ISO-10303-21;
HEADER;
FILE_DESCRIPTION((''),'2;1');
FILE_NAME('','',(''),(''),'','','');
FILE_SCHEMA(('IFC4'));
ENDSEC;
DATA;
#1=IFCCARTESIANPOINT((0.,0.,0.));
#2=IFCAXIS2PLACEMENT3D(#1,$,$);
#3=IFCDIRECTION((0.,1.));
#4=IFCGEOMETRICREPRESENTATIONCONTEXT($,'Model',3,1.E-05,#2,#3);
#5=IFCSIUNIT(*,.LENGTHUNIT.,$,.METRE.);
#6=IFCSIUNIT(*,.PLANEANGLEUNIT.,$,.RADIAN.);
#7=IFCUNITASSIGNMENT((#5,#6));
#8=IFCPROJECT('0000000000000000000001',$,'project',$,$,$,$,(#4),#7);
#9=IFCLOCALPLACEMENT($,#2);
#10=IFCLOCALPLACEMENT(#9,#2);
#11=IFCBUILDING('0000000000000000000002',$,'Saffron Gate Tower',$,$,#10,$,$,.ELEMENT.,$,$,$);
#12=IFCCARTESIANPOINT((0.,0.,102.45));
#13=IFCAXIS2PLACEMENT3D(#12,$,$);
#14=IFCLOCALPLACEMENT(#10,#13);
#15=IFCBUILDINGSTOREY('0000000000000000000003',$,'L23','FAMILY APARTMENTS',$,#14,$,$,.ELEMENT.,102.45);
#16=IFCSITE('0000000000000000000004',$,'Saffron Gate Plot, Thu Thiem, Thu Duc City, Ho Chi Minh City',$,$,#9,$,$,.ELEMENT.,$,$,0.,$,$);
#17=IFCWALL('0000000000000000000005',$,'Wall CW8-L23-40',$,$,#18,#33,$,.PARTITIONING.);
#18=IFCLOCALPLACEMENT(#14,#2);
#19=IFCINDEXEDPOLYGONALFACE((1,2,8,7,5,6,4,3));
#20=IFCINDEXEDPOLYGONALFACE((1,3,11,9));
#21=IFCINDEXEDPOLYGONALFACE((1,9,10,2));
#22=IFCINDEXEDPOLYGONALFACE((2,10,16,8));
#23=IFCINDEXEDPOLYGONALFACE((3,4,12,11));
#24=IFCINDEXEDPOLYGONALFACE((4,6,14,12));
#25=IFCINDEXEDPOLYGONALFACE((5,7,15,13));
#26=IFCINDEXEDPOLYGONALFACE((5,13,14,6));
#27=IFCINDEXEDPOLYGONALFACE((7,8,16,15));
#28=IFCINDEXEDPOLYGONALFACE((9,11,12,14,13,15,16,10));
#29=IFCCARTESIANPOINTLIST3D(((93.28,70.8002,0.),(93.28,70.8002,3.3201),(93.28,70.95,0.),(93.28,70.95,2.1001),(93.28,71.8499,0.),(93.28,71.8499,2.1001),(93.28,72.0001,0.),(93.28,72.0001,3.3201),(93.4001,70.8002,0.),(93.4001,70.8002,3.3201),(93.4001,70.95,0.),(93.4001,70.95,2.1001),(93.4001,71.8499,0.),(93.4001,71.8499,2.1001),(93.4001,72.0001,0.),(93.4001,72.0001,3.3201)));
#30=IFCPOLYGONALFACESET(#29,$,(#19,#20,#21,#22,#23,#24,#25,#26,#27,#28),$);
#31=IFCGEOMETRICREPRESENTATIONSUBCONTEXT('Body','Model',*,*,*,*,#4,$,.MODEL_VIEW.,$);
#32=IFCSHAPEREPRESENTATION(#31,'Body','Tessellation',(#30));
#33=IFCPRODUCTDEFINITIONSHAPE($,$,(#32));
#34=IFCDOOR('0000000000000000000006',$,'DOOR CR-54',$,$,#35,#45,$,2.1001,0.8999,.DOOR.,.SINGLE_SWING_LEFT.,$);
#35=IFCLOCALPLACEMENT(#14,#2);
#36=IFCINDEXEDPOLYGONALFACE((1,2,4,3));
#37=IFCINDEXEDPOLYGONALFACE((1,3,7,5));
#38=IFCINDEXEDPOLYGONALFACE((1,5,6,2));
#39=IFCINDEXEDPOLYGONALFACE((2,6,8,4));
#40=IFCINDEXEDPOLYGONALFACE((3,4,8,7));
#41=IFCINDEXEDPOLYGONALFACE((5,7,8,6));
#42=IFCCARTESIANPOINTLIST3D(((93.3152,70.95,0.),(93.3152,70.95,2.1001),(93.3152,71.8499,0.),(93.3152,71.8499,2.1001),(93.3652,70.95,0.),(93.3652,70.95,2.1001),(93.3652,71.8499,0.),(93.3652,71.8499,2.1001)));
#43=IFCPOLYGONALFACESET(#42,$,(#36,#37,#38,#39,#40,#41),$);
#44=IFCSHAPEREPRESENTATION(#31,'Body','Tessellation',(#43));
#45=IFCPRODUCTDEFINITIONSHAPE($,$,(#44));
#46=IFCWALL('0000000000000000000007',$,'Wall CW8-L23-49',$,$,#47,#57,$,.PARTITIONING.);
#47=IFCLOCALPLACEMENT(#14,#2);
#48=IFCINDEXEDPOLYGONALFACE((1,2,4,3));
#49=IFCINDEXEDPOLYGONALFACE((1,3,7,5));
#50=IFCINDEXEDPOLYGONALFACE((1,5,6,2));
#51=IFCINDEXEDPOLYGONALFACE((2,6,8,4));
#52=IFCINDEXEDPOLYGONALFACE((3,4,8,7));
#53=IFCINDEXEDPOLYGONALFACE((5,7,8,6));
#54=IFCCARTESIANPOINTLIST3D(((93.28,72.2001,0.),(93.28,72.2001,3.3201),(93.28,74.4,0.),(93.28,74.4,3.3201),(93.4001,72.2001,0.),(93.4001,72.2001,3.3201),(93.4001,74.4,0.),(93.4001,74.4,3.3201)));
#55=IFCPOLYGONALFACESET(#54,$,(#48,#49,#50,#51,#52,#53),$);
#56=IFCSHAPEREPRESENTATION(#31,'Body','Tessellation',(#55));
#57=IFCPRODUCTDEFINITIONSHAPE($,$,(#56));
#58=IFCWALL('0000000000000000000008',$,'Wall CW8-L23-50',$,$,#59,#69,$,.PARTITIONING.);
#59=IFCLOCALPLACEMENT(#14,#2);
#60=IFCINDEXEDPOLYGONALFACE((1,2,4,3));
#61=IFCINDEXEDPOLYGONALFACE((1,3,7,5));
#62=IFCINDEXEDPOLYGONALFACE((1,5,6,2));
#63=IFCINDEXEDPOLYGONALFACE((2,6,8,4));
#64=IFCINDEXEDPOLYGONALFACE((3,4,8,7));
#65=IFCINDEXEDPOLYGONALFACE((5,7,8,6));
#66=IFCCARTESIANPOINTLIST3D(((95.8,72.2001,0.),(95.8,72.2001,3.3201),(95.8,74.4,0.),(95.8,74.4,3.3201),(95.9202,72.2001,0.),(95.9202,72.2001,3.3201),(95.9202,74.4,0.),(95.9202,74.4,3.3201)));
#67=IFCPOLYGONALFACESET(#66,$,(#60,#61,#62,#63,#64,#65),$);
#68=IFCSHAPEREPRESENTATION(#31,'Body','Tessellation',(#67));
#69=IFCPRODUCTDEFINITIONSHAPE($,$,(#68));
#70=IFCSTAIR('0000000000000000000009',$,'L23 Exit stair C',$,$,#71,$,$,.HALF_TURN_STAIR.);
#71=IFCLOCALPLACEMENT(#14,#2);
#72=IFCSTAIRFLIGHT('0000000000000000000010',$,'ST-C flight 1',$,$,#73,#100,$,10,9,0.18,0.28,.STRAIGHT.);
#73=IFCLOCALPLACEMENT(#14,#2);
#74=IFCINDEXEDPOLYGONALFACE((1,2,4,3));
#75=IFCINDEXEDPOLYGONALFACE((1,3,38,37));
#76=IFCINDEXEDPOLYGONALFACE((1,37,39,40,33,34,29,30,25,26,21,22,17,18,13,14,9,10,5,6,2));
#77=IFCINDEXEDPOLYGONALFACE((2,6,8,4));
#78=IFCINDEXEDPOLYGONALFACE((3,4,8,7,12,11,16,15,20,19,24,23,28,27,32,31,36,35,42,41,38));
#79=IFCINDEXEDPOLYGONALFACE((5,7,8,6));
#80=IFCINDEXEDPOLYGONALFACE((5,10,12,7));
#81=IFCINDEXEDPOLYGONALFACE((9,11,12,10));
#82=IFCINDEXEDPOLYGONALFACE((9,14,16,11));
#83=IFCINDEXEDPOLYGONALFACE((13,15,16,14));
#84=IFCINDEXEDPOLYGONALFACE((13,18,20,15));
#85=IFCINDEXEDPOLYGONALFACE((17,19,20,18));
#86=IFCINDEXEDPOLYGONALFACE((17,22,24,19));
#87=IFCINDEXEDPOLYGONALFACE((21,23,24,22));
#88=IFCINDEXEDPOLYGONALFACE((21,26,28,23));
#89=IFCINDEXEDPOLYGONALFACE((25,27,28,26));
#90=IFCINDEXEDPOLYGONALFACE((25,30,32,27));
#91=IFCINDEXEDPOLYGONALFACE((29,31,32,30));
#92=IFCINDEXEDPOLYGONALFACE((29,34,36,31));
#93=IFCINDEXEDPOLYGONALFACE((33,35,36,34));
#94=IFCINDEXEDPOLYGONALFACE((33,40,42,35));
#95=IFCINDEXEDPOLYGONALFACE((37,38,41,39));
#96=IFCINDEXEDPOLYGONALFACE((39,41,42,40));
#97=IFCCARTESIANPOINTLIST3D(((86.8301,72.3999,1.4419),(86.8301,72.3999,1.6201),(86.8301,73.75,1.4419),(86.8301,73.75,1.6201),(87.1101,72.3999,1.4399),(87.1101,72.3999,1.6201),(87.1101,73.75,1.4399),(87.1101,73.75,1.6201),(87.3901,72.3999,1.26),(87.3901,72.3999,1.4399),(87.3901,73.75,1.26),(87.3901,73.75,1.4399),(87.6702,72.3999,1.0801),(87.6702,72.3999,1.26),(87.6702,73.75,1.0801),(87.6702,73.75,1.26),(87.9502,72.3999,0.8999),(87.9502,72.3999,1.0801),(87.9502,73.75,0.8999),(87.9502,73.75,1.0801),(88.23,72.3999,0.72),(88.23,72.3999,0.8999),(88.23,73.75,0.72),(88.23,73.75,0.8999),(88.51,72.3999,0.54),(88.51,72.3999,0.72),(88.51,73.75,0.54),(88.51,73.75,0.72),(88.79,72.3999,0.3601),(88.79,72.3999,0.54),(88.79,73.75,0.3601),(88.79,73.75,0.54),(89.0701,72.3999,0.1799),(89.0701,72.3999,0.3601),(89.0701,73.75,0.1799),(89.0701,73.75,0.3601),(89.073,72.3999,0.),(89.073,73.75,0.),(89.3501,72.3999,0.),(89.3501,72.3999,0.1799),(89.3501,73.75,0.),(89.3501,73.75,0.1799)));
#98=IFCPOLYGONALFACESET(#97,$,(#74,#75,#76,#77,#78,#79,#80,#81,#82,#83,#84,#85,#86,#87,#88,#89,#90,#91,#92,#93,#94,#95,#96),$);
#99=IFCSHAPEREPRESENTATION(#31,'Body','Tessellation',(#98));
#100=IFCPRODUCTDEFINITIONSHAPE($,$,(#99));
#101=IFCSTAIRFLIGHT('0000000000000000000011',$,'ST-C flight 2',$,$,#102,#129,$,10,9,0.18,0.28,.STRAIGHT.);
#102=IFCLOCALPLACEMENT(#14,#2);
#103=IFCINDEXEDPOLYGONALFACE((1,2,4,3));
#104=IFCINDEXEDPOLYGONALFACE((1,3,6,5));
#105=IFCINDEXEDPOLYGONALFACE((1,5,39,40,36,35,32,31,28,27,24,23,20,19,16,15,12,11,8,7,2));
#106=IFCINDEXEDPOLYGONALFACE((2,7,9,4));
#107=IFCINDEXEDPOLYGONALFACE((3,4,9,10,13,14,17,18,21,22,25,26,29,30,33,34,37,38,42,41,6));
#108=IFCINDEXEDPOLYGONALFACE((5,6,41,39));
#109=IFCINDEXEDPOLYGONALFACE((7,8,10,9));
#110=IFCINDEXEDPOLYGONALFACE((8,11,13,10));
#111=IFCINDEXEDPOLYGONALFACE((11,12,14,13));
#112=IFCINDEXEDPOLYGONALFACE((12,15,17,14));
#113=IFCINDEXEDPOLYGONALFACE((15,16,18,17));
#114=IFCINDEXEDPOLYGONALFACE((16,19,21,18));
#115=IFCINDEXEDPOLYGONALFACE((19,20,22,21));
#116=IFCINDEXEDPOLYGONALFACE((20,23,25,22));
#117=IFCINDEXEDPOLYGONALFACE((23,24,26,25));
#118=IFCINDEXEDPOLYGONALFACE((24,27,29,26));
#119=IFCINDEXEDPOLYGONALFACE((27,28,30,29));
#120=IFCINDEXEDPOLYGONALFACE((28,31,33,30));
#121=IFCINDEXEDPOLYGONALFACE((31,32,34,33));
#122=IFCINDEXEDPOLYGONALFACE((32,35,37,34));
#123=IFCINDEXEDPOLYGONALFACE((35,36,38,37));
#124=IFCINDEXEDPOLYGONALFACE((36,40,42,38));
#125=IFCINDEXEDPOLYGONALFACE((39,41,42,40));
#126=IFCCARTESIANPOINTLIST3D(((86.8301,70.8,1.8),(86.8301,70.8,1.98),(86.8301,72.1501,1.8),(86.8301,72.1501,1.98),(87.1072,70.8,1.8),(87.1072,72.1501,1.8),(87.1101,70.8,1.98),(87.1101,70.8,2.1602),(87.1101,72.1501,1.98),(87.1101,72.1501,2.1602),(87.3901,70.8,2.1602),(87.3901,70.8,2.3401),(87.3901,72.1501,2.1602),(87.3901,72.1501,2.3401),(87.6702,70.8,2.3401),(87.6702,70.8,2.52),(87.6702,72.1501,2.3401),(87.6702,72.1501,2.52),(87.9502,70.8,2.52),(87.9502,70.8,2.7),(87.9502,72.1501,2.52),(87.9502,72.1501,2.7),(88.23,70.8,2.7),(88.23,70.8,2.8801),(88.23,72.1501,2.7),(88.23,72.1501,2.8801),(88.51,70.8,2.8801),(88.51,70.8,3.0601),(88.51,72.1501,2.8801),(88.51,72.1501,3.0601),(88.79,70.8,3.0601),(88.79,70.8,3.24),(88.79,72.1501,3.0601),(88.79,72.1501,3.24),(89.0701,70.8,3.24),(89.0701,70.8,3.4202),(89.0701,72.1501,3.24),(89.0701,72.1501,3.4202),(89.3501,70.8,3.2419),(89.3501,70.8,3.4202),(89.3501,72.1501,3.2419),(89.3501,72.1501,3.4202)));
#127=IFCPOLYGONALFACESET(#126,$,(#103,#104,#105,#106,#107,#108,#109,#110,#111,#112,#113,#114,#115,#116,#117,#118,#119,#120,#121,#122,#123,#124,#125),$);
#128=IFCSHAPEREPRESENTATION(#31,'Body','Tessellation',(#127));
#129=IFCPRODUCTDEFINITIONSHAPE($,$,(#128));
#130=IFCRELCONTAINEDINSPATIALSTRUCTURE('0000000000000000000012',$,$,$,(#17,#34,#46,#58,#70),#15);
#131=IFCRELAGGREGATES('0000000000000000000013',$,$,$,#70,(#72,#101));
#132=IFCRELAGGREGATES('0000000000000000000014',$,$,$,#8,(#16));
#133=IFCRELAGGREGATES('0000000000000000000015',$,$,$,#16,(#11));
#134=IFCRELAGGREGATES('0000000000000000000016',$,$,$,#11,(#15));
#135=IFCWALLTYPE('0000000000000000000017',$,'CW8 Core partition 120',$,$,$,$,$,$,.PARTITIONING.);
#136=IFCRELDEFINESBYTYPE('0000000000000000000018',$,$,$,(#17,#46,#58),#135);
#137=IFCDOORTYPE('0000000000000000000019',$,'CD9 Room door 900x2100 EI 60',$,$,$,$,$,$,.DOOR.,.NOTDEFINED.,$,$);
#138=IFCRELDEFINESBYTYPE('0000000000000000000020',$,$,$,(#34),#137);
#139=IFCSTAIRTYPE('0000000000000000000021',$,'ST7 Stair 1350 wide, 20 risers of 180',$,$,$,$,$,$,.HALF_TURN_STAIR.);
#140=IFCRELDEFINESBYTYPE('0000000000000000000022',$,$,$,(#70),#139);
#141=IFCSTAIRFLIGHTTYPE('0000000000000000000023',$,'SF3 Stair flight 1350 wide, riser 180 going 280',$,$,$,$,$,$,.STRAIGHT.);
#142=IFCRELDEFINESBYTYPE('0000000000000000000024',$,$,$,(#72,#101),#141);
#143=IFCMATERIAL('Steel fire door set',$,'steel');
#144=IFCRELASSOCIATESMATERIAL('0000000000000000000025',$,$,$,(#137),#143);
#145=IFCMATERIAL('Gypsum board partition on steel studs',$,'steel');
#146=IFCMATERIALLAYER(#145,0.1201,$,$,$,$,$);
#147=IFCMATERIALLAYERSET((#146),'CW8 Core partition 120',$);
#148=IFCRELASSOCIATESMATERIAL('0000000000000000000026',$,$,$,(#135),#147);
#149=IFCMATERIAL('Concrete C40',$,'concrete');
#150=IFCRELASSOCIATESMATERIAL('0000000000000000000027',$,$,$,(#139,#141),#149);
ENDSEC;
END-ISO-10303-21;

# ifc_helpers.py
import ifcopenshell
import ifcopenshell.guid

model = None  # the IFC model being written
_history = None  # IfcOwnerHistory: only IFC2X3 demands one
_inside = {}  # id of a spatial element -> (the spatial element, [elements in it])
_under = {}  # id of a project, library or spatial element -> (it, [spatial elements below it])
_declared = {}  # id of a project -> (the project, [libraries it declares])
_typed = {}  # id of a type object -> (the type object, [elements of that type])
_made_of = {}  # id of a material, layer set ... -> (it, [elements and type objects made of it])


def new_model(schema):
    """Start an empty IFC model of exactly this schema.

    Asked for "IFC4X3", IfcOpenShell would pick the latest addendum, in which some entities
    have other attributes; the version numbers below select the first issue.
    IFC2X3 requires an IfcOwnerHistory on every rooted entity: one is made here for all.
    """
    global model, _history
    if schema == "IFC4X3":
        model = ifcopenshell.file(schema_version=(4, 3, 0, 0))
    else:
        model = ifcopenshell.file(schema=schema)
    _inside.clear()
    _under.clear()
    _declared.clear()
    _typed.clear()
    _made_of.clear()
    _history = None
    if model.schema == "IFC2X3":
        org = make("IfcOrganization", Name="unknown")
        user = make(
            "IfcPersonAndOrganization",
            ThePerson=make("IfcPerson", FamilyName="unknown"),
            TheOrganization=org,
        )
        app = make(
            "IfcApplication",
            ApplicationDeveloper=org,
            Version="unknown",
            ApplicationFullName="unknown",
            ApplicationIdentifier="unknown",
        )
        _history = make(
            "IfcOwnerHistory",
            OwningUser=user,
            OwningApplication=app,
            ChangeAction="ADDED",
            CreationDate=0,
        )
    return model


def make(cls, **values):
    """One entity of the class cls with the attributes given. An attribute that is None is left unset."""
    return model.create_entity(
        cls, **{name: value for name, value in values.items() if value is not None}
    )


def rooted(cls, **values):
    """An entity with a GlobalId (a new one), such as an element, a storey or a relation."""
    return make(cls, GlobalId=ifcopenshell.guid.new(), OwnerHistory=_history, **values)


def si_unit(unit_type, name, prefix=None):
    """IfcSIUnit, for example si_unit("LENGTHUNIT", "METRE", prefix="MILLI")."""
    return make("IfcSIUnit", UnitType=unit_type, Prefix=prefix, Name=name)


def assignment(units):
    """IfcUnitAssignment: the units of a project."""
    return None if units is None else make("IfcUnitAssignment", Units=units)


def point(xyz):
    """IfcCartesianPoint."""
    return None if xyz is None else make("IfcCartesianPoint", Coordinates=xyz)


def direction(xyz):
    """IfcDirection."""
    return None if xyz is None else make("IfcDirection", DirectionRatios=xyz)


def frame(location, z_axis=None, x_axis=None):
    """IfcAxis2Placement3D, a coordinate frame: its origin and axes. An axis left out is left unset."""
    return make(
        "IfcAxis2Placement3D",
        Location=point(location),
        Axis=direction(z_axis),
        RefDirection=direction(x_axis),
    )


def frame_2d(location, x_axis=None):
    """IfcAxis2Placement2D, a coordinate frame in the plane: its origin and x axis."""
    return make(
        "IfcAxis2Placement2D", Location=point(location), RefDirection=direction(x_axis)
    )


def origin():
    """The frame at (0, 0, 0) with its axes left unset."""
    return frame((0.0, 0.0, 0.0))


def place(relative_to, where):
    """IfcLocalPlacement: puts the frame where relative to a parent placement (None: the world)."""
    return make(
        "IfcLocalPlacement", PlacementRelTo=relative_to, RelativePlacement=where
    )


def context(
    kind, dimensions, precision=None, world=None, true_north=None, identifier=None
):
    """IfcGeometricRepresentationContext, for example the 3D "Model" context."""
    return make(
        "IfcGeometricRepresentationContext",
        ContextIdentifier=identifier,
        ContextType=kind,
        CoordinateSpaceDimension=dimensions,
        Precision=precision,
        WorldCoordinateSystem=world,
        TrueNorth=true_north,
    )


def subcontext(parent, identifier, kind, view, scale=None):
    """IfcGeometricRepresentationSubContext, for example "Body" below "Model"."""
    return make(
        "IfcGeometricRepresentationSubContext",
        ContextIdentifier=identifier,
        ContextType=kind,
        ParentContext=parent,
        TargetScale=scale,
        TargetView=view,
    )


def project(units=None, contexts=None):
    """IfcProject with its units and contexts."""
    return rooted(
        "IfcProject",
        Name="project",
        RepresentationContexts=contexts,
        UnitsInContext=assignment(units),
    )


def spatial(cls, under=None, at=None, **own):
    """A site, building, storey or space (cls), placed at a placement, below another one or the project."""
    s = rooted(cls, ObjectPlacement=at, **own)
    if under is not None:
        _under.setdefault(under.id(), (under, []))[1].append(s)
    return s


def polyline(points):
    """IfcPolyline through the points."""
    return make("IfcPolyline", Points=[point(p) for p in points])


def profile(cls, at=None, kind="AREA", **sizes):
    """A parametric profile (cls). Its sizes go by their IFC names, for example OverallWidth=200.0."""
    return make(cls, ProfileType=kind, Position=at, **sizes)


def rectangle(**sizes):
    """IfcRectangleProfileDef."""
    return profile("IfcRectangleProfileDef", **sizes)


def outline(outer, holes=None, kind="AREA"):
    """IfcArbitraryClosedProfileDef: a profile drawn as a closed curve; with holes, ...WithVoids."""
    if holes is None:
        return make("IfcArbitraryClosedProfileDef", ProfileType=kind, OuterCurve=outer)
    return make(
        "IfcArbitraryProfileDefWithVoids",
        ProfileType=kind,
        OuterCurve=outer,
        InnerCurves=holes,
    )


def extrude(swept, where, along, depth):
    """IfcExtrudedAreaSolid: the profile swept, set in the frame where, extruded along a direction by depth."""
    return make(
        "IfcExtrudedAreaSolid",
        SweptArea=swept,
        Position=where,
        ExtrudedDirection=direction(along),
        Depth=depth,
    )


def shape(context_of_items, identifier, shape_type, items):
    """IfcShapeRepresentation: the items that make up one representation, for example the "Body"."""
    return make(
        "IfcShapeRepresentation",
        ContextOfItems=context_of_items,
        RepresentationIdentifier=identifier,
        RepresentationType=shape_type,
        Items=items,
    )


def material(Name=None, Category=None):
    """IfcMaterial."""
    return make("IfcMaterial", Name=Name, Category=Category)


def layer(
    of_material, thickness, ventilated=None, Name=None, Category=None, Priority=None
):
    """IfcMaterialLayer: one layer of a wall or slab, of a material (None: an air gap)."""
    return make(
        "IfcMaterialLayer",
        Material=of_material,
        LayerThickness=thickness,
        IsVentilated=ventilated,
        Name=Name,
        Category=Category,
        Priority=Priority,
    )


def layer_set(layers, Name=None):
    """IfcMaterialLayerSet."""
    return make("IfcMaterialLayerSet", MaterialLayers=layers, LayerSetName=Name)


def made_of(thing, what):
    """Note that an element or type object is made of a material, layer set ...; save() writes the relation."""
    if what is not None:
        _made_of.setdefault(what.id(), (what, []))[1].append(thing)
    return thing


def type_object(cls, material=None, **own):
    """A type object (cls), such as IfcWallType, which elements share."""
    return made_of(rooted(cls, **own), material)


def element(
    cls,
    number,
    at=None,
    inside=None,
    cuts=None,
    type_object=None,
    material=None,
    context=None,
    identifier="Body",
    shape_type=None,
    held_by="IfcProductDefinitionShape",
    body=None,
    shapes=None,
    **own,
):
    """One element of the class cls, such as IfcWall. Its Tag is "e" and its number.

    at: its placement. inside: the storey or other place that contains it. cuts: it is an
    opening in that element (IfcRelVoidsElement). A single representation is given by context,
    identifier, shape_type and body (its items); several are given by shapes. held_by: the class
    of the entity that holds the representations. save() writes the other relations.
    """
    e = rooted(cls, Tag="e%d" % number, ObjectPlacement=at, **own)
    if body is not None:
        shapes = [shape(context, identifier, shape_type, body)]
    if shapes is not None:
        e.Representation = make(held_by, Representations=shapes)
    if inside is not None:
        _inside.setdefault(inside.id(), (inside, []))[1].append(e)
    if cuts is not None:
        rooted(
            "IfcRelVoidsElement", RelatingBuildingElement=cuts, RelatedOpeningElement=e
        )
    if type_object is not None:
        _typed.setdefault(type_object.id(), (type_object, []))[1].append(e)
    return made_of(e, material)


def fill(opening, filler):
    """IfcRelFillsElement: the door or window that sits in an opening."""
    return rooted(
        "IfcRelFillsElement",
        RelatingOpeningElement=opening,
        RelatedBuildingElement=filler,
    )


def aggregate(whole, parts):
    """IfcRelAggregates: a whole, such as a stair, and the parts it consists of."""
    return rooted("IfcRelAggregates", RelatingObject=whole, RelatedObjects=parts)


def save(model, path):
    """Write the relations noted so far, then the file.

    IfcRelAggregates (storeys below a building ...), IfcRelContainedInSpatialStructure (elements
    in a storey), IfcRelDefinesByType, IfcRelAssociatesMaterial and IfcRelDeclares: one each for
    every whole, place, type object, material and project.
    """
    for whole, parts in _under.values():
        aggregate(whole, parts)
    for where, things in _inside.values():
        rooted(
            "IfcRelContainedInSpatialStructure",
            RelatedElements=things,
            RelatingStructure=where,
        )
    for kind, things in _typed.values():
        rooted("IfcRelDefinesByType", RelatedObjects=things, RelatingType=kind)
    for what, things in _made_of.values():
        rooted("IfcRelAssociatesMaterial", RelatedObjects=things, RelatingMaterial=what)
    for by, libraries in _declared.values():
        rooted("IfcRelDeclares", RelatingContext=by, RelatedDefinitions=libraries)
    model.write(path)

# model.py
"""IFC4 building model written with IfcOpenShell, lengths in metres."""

from ifc_helpers import new_model, si_unit, direction, frame, frame_2d, origin, place, context, subcontext, project, spatial, polyline, rectangle, outline, extrude, material, layer, layer_set, type_object, element, fill, aggregate, save


model = new_model("IFC4")

# Units and contexts
model_context = context("Model", 3, precision=1e-05, world=origin(), true_north=direction((0.0, 1.0)))
body_context = subcontext(model_context, "Body", "Model", "MODEL_VIEW")
ifc_project = project(units=[si_unit("LENGTHUNIT", "METRE"), si_unit("PLANEANGLEUNIT", "RADIAN")], contexts=[model_context])

# Site, building, storey
site_placement = place(None, origin())
site = spatial("IfcSite", under=ifc_project, at=site_placement, Name="Saffron Gate Plot, Thu Thiem, Thu Duc City, Ho Chi Minh City", CompositionType="ELEMENT", RefElevation=0.0)
building_placement = place(site_placement, origin())
building = spatial("IfcBuilding", under=site, at=building_placement, Name="Saffron Gate Tower", CompositionType="ELEMENT")
storey_placement = place(building_placement, frame((0.0, 0.0, 102.45)))
storey = spatial("IfcBuildingStorey", under=building, at=storey_placement, Name="L23", Description="FAMILY APARTMENTS", CompositionType="ELEMENT", Elevation=102.45)

# Shared definitions
ifc_material_1 = material(Name="Steel fire door set", Category="steel")
door_type_1 = type_object("IfcDoorType", Name="CD9 Room door 900x2100 EI 60", OperationType="NOTDEFINED", PredefinedType="DOOR", material=ifc_material_1)

# Wall, opening, door
ifc_material_2 = material(Name="Gypsum board partition on steel studs", Category="steel")
ifc_layer_1 = layer(ifc_material_2, 0.1201)
ifc_layer_set_1 = layer_set([ifc_layer_1], Name="CW8 Core partition 120")
wall_type_1 = type_object("IfcWallType", Name="CW8 Core partition 120", PredefinedType="PARTITIONING", material=ifc_layer_set_1)
wall_1_placement = place(storey_placement, frame((93.3401, 70.8, 0.0), z_axis=(0.0, 0.0, 1.0), x_axis=(0.0, 1.0, 0.0)))
wall_1 = element("IfcWall", 1, at=wall_1_placement, inside=storey, type_object=wall_type_1, Name="Wall CW8-L23-40", PredefinedType="PARTITIONING", context=body_context, shape_type="SweptSolid", body=[
    extrude(rectangle(XDim=1.2, YDim=0.1201, at=frame_2d((0.6001, 0.0))), origin(), (0.0, 0.0, 1.0), 3.3201),
])
opening_1_placement = place(wall_1_placement, frame((0.1499, 0.0, 0.0)))
opening_1 = element("IfcOpeningElement", 2, at=opening_1_placement, cuts=wall_1, PredefinedType="OPENING", context=body_context, shape_type="SweptSolid", body=[
    extrude(rectangle(XDim=0.8999, YDim=2.1001, at=frame_2d((0.45, 1.05))), frame((0.0, 0.0701, 0.0), z_axis=(0.0, -1.0, 0.0), x_axis=(1.0, 0.0, 0.0)), (0.0, 0.0, 1.0), 0.1401),
])
door_1_placement = place(opening_1_placement, origin())
door_1 = element("IfcDoor", 3, at=door_1_placement, inside=storey, type_object=door_type_1, Name="DOOR CR-54", OperationType="SINGLE_SWING_LEFT", OverallHeight=2.1001, OverallWidth=0.8999, PredefinedType="DOOR", context=body_context, shape_type="SweptSolid", body=[
    extrude(rectangle(XDim=0.8999, YDim=2.1001, at=frame_2d((0.45, 1.05))), frame((0.0, 0.0249, 0.0), z_axis=(0.0, -1.0, 0.0), x_axis=(1.0, 0.0, 0.0)), (0.0, 0.0, 1.0), 0.05),
])
fill(opening_1, door_1)

# Walls
for number, where, z_axis, x_axis, name in (
    (4, (93.3401, 72.2, 0.0), (0.0, 0.0, 1.0), (0.0, 1.0, 0.0), "Wall CW8-L23-49"),
    (5, (95.8601, 72.2, 0.0), (0.0, 0.0, 1.0), (0.0, 1.0, 0.0), "Wall CW8-L23-50"),
):
    element("IfcWall", number, at=place(storey_placement, frame(where, z_axis=z_axis, x_axis=x_axis)), inside=storey, type_object=wall_type_1, Name=name, PredefinedType="PARTITIONING", context=body_context, shape_type="SweptSolid", body=[
        extrude(rectangle(XDim=2.2, YDim=0.1201, at=frame_2d((1.1001, 0.0))), origin(), (0.0, 0.0, 1.0), 3.3201),
    ])

# Stair, stair flights
ifc_material_3 = material(Name="Concrete C40", Category="concrete")
stair_type = type_object("IfcStairType", Name="ST7 Stair 1350 wide, 20 risers of 180", PredefinedType="HALF_TURN_STAIR", material=ifc_material_3)
stair_placement = place(storey_placement, origin())
stair = element("IfcStair", 6, at=stair_placement, inside=storey, type_object=stair_type, Name="L23 Exit stair C", PredefinedType="HALF_TURN_STAIR")
stair_flight_type = type_object("IfcStairFlightType", Name="SF3 Stair flight 1350 wide, riser 180 going 280", PredefinedType="STRAIGHT", material=ifc_material_3)
stair_flight_1_placement = place(storey_placement, frame((89.3501, 73.075, 0.0), z_axis=(0.0, 0.0, 1.0), x_axis=(-1.0, 0.0, 0.0)))
stair_flight_1 = element("IfcStairFlight", 7, at=stair_flight_1_placement, type_object=stair_flight_type, Name="ST-C flight 1", NumberOfRisers=10, NumberOfTreads=9, PredefinedType="STRAIGHT", RiserHeight=0.18, TreadLength=0.28, context=body_context, shape_type="SweptSolid", body=[
    extrude(outline(polyline([(0.0, 0.0), (0.0, 0.1799), (0.28, 0.1799), (0.28, 0.3601), (0.5601, 0.3601), (0.5601, 0.54), (0.8401, 0.54), (0.8401, 0.72), (1.1201, 0.72), (1.1201, 0.8999), (1.3999, 0.8999), (1.3999, 1.0801), (1.6799, 1.0801), (1.6799, 1.26), (1.96, 1.26), (1.96, 1.4399), (2.24, 1.4399), (2.24, 1.6201), (2.52, 1.6201), (2.52, 1.8), (2.52, 1.4419), (0.2771, 0.0), (0.0, 0.0)])), frame((0.0, 0.675, 0.0), z_axis=(0.0, -1.0, 0.0), x_axis=(1.0, 0.0, 0.0)), (0.0, 0.0, 1.0), 1.3501),
])
stair_flight_2_placement = place(storey_placement, frame((86.8301, 71.4751, 1.8), z_axis=(0.0, 0.0, 1.0), x_axis=(1.0, 0.0, 0.0)))
stair_flight_2 = element("IfcStairFlight", 8, at=stair_flight_2_placement, type_object=stair_flight_type, Name="ST-C flight 2", NumberOfRisers=10, NumberOfTreads=9, PredefinedType="STRAIGHT", RiserHeight=0.18, TreadLength=0.28, context=body_context, shape_type="SweptSolid", body=[
    extrude(outline(polyline([(0.0, 0.0), (0.0, 0.1799), (0.28, 0.1799), (0.28, 0.3601), (0.5601, 0.3601), (0.5601, 0.54), (0.8401, 0.54), (0.8401, 0.72), (1.1201, 0.72), (1.1201, 0.8999), (1.3999, 0.8999), (1.3999, 1.0801), (1.6799, 1.0801), (1.6799, 1.26), (1.96, 1.26), (1.96, 1.4399), (2.24, 1.4399), (2.24, 1.6201), (2.52, 1.6201), (2.52, 1.8), (2.52, 1.4419), (0.2771, 0.0), (0.0, 0.0)])), frame((0.0, 0.675, 0.0), z_axis=(0.0, -1.0, 0.0), x_axis=(1.0, 0.0, 0.0)), (0.0, 0.0, 1.0), 1.3501),
])
aggregate(stair, [stair_flight_1, stair_flight_2])

save(model, "model.ifc")
